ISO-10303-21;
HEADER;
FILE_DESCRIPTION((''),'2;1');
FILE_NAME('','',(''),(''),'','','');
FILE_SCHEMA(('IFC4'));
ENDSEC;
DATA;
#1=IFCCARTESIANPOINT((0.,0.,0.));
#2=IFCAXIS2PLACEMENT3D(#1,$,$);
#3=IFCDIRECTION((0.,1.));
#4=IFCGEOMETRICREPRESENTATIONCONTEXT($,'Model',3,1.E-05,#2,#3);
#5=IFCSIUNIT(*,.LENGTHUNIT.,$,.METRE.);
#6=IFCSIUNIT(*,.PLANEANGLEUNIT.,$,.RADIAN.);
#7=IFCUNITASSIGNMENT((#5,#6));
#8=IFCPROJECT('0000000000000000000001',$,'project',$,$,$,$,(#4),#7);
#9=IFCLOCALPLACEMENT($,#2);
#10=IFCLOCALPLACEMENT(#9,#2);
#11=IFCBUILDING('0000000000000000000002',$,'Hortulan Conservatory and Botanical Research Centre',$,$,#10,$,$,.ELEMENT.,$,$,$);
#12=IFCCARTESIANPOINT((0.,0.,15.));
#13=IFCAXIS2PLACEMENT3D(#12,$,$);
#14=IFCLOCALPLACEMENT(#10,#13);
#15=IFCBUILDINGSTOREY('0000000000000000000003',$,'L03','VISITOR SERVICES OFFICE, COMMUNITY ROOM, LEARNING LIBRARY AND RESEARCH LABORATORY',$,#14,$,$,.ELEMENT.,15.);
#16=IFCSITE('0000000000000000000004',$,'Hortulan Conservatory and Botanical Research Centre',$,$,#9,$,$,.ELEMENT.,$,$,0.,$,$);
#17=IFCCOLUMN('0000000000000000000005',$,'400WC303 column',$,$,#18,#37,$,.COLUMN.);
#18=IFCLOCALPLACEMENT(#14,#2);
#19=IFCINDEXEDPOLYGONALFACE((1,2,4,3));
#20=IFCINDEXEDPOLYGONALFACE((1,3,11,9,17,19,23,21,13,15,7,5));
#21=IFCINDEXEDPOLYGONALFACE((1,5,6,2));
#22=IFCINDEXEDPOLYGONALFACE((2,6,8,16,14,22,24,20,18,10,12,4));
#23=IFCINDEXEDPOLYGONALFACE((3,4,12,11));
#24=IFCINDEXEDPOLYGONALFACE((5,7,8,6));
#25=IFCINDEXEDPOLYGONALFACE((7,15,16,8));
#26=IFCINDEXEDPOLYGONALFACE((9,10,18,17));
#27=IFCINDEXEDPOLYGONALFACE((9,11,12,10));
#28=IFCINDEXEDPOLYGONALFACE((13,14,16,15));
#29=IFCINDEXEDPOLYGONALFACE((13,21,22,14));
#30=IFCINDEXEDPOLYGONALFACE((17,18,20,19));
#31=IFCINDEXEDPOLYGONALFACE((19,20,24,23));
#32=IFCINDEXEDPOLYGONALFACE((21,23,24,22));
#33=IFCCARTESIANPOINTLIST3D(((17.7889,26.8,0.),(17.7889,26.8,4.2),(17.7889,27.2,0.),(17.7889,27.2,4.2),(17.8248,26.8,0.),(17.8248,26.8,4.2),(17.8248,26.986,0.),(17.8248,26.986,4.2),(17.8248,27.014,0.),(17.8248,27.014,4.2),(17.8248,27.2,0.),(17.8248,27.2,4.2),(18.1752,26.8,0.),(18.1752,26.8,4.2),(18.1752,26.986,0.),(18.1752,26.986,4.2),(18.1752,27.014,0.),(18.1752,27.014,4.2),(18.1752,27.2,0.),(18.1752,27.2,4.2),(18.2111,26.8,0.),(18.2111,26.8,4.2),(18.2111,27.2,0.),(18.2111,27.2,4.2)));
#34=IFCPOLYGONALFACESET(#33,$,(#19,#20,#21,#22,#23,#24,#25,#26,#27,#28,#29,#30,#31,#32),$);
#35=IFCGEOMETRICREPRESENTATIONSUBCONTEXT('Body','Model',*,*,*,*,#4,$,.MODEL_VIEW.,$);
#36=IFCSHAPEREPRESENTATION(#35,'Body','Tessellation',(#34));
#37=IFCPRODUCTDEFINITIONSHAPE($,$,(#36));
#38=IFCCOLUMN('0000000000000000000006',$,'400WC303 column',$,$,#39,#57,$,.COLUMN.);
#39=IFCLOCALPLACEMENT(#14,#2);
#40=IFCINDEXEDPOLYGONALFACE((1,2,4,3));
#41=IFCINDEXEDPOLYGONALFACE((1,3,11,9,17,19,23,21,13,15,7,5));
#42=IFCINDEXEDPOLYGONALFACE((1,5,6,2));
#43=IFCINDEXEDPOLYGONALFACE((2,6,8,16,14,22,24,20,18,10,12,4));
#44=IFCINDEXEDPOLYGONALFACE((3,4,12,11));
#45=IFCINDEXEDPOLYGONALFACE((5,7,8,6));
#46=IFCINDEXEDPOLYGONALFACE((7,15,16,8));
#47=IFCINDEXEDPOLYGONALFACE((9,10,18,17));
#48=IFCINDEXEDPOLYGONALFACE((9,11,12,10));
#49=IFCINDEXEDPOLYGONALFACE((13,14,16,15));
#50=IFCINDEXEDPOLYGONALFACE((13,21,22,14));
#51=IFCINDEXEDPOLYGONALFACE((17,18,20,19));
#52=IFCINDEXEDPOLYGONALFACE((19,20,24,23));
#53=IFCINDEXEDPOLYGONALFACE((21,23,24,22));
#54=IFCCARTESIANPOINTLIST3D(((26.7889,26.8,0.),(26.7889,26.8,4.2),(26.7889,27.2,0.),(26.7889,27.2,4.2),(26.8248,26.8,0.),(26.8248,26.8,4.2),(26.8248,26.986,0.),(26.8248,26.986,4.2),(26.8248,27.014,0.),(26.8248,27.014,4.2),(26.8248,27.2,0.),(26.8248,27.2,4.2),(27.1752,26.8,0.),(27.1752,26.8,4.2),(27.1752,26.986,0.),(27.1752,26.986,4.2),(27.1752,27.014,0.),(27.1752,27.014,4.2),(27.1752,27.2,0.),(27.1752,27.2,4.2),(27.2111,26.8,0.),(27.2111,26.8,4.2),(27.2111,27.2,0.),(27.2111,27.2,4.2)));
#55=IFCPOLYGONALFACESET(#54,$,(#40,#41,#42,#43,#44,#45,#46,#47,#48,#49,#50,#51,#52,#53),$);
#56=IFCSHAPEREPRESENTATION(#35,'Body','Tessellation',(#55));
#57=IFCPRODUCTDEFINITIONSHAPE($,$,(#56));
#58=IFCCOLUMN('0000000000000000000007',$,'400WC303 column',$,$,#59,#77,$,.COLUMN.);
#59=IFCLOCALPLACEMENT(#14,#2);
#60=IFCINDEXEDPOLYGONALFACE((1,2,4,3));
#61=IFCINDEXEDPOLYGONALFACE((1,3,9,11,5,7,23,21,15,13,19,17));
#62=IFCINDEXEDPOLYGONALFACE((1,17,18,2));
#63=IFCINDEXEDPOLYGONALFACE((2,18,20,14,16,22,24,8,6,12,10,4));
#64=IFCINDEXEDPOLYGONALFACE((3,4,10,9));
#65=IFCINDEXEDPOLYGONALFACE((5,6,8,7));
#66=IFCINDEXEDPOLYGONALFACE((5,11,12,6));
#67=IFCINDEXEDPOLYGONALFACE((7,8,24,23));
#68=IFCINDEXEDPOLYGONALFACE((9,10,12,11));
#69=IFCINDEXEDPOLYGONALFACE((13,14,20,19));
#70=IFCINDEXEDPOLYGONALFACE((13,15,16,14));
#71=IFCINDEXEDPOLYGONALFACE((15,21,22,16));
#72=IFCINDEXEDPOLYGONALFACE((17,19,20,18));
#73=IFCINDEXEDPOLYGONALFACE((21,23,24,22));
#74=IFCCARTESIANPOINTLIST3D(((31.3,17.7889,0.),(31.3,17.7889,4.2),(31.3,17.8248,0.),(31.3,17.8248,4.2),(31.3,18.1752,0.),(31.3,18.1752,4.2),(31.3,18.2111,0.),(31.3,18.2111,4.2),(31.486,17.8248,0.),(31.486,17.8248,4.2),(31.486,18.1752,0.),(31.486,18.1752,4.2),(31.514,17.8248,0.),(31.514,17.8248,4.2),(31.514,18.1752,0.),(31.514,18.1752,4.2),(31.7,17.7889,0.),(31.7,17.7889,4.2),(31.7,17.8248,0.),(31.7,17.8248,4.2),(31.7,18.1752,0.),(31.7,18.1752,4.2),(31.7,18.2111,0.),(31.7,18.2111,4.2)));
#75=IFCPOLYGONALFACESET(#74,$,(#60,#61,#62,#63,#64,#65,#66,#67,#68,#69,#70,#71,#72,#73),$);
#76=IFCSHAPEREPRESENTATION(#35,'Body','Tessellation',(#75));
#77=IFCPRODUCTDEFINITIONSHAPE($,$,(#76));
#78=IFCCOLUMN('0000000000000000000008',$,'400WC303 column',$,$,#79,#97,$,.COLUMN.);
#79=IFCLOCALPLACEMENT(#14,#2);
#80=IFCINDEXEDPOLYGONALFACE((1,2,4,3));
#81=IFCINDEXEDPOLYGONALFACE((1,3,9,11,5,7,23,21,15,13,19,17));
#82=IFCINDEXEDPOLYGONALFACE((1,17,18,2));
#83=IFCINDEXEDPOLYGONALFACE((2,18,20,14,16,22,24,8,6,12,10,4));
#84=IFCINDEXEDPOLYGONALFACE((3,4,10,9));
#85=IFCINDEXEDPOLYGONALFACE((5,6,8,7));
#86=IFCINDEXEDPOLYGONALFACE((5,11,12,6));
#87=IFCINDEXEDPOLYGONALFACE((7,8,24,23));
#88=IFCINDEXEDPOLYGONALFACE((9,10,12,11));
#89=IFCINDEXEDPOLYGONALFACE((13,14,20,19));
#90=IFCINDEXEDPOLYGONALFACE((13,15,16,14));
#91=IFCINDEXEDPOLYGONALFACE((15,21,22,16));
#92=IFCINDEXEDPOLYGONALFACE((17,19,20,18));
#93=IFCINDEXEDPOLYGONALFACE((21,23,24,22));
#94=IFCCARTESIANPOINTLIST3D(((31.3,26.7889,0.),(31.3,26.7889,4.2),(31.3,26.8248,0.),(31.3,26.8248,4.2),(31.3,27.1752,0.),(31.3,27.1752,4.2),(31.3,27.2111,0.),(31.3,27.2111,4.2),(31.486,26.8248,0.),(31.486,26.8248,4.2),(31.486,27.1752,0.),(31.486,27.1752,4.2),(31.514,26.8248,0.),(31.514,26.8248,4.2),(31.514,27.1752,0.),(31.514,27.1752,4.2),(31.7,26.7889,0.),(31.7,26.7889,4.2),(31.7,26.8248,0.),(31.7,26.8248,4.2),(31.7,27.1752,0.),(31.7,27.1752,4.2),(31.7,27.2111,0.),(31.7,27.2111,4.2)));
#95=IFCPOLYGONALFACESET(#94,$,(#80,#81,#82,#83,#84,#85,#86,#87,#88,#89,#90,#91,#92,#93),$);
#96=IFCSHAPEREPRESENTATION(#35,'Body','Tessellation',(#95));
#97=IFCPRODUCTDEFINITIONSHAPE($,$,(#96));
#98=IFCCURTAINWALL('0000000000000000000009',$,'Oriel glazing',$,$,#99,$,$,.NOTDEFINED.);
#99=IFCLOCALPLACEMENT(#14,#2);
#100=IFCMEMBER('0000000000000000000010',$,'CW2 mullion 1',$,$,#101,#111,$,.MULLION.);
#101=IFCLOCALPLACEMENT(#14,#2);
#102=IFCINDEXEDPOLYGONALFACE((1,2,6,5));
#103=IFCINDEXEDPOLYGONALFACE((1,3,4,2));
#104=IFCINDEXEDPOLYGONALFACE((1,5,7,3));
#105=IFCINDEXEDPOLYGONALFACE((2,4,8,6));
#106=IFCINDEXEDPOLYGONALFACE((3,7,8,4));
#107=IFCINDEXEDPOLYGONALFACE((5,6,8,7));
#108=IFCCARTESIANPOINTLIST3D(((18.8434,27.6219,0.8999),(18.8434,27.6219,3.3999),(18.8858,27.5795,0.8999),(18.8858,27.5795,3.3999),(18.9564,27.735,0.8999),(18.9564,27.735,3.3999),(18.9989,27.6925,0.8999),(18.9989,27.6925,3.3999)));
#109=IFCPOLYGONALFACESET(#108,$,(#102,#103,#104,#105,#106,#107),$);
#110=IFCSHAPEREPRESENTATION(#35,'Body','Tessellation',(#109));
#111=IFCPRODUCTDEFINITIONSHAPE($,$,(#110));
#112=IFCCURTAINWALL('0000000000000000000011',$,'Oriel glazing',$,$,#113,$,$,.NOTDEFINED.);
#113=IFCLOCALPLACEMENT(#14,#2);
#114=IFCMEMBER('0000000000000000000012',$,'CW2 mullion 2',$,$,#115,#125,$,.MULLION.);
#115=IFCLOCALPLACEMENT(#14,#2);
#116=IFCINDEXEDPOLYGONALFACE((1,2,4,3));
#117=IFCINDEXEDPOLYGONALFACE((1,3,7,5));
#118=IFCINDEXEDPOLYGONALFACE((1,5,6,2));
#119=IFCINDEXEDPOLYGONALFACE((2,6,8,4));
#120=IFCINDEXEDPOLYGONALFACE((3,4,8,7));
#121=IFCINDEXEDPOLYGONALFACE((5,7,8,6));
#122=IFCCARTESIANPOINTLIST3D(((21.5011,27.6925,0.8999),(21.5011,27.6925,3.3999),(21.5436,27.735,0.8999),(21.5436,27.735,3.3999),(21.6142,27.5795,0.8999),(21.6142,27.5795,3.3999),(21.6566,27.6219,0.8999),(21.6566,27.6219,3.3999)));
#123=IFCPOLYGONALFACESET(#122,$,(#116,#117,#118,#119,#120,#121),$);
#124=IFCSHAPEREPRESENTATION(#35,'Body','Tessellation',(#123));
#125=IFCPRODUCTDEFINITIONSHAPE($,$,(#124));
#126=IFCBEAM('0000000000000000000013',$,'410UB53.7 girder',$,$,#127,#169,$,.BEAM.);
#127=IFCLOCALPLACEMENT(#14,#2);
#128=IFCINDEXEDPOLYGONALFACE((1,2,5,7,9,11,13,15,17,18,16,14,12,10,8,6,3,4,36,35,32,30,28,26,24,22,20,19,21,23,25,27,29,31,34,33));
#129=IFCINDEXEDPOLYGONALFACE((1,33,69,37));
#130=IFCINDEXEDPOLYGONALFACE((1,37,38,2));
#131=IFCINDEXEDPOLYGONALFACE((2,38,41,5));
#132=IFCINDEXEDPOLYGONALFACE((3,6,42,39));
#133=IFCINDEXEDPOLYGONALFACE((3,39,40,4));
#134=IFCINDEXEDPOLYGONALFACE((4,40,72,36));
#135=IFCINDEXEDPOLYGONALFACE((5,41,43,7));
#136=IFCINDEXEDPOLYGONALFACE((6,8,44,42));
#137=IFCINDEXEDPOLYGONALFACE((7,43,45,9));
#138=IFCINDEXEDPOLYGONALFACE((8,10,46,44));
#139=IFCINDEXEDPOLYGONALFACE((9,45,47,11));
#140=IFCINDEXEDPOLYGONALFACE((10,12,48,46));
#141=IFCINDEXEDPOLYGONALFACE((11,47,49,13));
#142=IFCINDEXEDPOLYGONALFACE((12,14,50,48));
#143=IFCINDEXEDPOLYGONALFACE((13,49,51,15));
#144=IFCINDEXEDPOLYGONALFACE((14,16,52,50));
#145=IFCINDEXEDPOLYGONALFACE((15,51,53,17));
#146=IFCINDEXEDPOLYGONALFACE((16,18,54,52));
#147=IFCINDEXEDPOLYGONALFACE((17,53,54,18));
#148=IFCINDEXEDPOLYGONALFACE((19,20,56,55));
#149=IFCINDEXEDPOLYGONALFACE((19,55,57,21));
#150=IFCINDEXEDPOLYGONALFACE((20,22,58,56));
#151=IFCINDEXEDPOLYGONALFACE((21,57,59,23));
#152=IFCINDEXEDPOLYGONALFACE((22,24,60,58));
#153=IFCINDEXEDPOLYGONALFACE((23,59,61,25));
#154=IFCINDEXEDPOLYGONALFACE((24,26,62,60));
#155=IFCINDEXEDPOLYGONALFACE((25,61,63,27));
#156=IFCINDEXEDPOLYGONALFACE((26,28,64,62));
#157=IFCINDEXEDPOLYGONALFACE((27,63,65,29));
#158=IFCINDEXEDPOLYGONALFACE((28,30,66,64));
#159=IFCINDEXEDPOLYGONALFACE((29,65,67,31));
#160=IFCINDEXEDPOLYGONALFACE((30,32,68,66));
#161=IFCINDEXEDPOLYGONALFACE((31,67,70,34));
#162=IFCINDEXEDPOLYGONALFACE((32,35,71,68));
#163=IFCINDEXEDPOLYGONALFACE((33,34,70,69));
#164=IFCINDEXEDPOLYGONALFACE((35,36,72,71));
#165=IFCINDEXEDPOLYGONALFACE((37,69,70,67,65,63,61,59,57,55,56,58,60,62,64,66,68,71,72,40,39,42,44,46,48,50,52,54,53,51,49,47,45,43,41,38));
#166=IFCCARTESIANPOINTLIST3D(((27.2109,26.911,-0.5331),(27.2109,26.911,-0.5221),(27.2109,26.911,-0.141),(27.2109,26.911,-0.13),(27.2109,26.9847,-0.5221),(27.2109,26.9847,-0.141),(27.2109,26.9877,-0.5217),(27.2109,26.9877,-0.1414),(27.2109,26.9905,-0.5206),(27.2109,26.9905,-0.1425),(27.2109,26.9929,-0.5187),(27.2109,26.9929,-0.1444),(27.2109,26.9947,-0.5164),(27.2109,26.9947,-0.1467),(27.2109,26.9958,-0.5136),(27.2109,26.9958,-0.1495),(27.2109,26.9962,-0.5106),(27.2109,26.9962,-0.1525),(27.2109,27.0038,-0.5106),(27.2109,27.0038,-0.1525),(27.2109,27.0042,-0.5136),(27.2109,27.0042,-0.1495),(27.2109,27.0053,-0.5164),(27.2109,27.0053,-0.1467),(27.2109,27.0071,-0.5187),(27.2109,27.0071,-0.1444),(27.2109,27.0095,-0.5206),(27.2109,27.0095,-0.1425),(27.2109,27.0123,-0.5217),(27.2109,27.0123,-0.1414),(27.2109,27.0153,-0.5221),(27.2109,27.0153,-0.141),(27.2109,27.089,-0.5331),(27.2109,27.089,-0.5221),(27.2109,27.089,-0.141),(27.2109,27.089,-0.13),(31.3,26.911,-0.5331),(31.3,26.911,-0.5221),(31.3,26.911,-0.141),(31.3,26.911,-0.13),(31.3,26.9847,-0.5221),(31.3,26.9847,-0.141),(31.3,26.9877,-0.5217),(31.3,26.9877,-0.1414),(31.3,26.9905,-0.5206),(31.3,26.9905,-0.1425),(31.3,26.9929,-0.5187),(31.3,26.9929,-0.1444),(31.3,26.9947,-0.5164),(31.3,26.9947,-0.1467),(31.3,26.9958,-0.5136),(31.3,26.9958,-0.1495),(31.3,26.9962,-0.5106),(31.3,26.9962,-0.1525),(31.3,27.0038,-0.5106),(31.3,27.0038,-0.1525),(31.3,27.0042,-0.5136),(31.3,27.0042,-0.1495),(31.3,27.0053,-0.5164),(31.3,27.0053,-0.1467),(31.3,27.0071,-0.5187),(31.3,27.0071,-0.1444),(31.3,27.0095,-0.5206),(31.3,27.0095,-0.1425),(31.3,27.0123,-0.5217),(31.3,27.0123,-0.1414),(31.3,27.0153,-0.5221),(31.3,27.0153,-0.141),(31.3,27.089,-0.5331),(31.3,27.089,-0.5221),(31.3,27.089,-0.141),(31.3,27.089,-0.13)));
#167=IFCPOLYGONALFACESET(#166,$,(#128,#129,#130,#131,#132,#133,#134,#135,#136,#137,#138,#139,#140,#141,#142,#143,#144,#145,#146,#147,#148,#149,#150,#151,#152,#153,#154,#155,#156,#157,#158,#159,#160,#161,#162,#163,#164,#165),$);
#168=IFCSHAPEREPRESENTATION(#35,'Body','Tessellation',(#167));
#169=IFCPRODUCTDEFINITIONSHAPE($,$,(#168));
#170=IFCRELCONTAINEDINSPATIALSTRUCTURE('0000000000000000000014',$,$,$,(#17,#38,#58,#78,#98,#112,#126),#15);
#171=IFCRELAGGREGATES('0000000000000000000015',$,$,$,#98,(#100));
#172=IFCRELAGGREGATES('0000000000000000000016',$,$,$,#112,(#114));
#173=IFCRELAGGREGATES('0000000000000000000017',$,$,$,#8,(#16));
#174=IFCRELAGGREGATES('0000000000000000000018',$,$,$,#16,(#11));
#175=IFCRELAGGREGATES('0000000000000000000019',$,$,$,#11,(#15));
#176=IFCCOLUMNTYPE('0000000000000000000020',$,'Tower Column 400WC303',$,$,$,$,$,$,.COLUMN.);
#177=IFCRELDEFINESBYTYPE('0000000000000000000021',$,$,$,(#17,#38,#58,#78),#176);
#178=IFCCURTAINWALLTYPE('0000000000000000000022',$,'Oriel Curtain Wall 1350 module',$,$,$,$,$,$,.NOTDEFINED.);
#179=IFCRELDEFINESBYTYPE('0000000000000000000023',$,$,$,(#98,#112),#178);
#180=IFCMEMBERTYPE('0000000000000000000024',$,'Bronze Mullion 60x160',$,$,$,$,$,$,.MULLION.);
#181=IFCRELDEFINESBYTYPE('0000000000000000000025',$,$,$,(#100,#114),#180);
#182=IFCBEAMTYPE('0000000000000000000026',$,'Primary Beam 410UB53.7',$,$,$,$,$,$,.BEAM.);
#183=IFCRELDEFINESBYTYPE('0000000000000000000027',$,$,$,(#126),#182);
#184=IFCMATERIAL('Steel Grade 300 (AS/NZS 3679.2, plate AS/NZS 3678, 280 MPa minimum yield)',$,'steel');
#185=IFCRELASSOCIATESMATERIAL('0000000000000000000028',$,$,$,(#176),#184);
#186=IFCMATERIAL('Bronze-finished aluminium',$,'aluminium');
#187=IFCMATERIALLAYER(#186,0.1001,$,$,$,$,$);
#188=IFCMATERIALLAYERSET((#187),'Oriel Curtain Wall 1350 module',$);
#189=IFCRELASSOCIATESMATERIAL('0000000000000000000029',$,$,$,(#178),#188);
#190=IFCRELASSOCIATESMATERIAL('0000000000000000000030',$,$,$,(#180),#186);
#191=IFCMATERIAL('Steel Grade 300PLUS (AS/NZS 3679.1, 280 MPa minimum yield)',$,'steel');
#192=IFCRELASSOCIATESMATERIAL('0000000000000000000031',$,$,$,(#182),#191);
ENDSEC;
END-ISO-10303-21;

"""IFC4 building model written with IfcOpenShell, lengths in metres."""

from ifc_helpers import new_model, si_unit, direction, frame, origin, origin_2d, place, context, subcontext, project, spatial, rectangle, i_section, extrude, material, layer, layer_set, material_profile, profile_set, type_object, element, aggregate, save


model = new_model("IFC4")

# Units and contexts
model_context = context("Model", 3, precision=1e-05, world=origin(), true_north=direction((0.0, 1.0)))
body_context = subcontext(model_context, "Body", "Model", "MODEL_VIEW")
ifc_project = project(units=[si_unit("LENGTHUNIT", "METRE"), si_unit("PLANEANGLEUNIT", "RADIAN")], contexts=[model_context])

# Site, building, storey
site_placement = place(None, origin())
site = spatial("IfcSite", under=ifc_project, at=site_placement, Name="Hortulan Conservatory and Botanical Research Centre", CompositionType="ELEMENT", RefElevation=0.0)
building_placement = place(site_placement, origin())
building = spatial("IfcBuilding", under=site, at=building_placement, Name="Hortulan Conservatory and Botanical Research Centre", CompositionType="ELEMENT")
storey_placement = place(building_placement, frame((0.0, 0.0, 15.0)))
storey = spatial("IfcBuildingStorey", under=building, at=storey_placement, Name="L03", Description="VISITOR SERVICES OFFICE, COMMUNITY ROOM, LEARNING LIBRARY AND RESEARCH LABORATORY", CompositionType="ELEMENT", Elevation=15.0)

# Columns
ifc_material_1 = material(Name="Steel Grade 300 (AS/NZS 3679.2, plate AS/NZS 3678, 280 MPa minimum yield)", Category="steel")
ifc_material_profile_1 = material_profile(ifc_material_1, i_section(OverallWidth=0.3999, OverallDepth=0.4221, WebThickness=0.0281, FlangeThickness=0.0359, at=origin_2d()), Name="400WC303")
ifc_profile_set_1 = profile_set([ifc_material_profile_1], Name="Steel Grade 300 (AS/NZS 3679.2, plate AS/NZS 3678, 280 MPa minimum yield)")
column_type = type_object("IfcColumnType", Name="Tower Column 400WC303", PredefinedType="COLUMN", material=ifc_profile_set_1)
for number, where, z_axis, x_axis, name in (
    (1, (18.0, 27.0, 0.0), (0.0, 0.0, 1.0), (0.0, 1.0, 0.0), "400WC303 column"),
    (2, (27.0, 27.0, 0.0), (0.0, 0.0, 1.0), (0.0, 1.0, 0.0), "400WC303 column"),
    (3, (31.5, 18.0, 0.0), (0.0, 0.0, 1.0), (1.0, 0.0, 0.0), "400WC303 column"),
    (4, (31.5, 27.0, 0.0), (0.0, 0.0, 1.0), (1.0, 0.0, 0.0), "400WC303 column"),
):
    element("IfcColumn", number, at=place(storey_placement, frame(where, z_axis=z_axis, x_axis=x_axis)), inside=storey, type_object=column_type, Name=name, PredefinedType="COLUMN", context=body_context, shape_type="SweptSolid", body=[
        extrude(i_section(OverallWidth=0.3999, OverallDepth=0.4221, WebThickness=0.0281, FlangeThickness=0.0359, at=origin_2d()), origin(), (0.0, 0.0, 1.0), 4.2),
    ])

# Curtain walls, members
ifc_material_2 = material(Name="Bronze-finished aluminium", Category="aluminium")
ifc_layer_1 = layer(ifc_material_2, 0.1001)
ifc_layer_set_1 = layer_set([ifc_layer_1], Name="Oriel Curtain Wall 1350 module")
curtain_wall_type = type_object("IfcCurtainWallType", Name="Oriel Curtain Wall 1350 module", PredefinedType="NOTDEFINED", material=ifc_layer_set_1)
curtain_wall_1_placement = place(storey_placement, origin())
curtain_wall_1 = element("IfcCurtainWall", 5, at=curtain_wall_1_placement, inside=storey, type_object=curtain_wall_type, Name="Oriel glazing", PredefinedType="NOTDEFINED")
ifc_material_profile_2 = material_profile(ifc_material_2, rectangle(XDim=0.0601, YDim=0.1599, at=origin_2d()), Name="Bronze Mullion 60x160")
ifc_profile_set_2 = profile_set([ifc_material_profile_2], Name="Bronze-finished aluminium")
member_type = type_object("IfcMemberType", Name="Bronze Mullion 60x160", PredefinedType="MULLION", material=ifc_profile_set_2)
member_1_placement = place(storey_placement, frame((18.9211, 27.6572, 0.8999), z_axis=(0.0, 0.0, 1.0), x_axis=(-0.707107, 0.707107, 0.0)))
member_1 = element("IfcMember", 6, at=member_1_placement, type_object=member_type, Name="CW2 mullion 1", PredefinedType="MULLION", context=body_context, shape_type="SweptSolid", body=[
    extrude(rectangle(XDim=0.0601, YDim=0.1599, at=origin_2d()), origin(), (0.0, 0.0, 1.0), 2.5),
])
aggregate(curtain_wall_1, [member_1])
curtain_wall_2_placement = place(storey_placement, origin())
curtain_wall_2 = element("IfcCurtainWall", 7, at=curtain_wall_2_placement, inside=storey, type_object=curtain_wall_type, Name="Oriel glazing", PredefinedType="NOTDEFINED")
member_2_placement = place(storey_placement, frame((21.5789, 27.6572, 0.8999), z_axis=(0.0, 0.0, 1.0), x_axis=(0.707107, 0.707107, 0.0)))
member_2 = element("IfcMember", 8, at=member_2_placement, type_object=member_type, Name="CW2 mullion 2", PredefinedType="MULLION", context=body_context, shape_type="SweptSolid", body=[
    extrude(rectangle(XDim=0.0601, YDim=0.1599, at=origin_2d()), origin(), (0.0, 0.0, 1.0), 2.5),
])
aggregate(curtain_wall_2, [member_2])

# Beam
ifc_material_3 = material(Name="Steel Grade 300PLUS (AS/NZS 3679.1, 280 MPa minimum yield)", Category="steel")
ifc_material_profile_3 = material_profile(ifc_material_3, i_section(OverallWidth=0.178, OverallDepth=0.4031, WebThickness=0.0076, FlangeThickness=0.011, FilletRadius=0.0115, at=origin_2d()), Name="410UB53.7")
ifc_profile_set_3 = profile_set([ifc_material_profile_3], Name="Steel Grade 300PLUS (AS/NZS 3679.1, 280 MPa minimum yield)")
beam_type_1 = type_object("IfcBeamType", Name="Primary Beam 410UB53.7", PredefinedType="BEAM", material=ifc_profile_set_3)
beam_1_placement = place(storey_placement, frame((27.2109, 27.0, -0.3315), z_axis=(1.0, 0.0, 0.0), x_axis=(0.0, 1.0, 0.0)))
element("IfcBeam", 9, at=beam_1_placement, inside=storey, type_object=beam_type_1, Name="410UB53.7 girder", PredefinedType="BEAM", context=body_context, shape_type="SweptSolid", body=[
    extrude(i_section(OverallWidth=0.178, OverallDepth=0.4031, WebThickness=0.0076, FlangeThickness=0.011, FilletRadius=0.0115, at=origin_2d()), origin(), (0.0, 0.0, 1.0), 4.0891),
])

save(model, "model.ifc")
